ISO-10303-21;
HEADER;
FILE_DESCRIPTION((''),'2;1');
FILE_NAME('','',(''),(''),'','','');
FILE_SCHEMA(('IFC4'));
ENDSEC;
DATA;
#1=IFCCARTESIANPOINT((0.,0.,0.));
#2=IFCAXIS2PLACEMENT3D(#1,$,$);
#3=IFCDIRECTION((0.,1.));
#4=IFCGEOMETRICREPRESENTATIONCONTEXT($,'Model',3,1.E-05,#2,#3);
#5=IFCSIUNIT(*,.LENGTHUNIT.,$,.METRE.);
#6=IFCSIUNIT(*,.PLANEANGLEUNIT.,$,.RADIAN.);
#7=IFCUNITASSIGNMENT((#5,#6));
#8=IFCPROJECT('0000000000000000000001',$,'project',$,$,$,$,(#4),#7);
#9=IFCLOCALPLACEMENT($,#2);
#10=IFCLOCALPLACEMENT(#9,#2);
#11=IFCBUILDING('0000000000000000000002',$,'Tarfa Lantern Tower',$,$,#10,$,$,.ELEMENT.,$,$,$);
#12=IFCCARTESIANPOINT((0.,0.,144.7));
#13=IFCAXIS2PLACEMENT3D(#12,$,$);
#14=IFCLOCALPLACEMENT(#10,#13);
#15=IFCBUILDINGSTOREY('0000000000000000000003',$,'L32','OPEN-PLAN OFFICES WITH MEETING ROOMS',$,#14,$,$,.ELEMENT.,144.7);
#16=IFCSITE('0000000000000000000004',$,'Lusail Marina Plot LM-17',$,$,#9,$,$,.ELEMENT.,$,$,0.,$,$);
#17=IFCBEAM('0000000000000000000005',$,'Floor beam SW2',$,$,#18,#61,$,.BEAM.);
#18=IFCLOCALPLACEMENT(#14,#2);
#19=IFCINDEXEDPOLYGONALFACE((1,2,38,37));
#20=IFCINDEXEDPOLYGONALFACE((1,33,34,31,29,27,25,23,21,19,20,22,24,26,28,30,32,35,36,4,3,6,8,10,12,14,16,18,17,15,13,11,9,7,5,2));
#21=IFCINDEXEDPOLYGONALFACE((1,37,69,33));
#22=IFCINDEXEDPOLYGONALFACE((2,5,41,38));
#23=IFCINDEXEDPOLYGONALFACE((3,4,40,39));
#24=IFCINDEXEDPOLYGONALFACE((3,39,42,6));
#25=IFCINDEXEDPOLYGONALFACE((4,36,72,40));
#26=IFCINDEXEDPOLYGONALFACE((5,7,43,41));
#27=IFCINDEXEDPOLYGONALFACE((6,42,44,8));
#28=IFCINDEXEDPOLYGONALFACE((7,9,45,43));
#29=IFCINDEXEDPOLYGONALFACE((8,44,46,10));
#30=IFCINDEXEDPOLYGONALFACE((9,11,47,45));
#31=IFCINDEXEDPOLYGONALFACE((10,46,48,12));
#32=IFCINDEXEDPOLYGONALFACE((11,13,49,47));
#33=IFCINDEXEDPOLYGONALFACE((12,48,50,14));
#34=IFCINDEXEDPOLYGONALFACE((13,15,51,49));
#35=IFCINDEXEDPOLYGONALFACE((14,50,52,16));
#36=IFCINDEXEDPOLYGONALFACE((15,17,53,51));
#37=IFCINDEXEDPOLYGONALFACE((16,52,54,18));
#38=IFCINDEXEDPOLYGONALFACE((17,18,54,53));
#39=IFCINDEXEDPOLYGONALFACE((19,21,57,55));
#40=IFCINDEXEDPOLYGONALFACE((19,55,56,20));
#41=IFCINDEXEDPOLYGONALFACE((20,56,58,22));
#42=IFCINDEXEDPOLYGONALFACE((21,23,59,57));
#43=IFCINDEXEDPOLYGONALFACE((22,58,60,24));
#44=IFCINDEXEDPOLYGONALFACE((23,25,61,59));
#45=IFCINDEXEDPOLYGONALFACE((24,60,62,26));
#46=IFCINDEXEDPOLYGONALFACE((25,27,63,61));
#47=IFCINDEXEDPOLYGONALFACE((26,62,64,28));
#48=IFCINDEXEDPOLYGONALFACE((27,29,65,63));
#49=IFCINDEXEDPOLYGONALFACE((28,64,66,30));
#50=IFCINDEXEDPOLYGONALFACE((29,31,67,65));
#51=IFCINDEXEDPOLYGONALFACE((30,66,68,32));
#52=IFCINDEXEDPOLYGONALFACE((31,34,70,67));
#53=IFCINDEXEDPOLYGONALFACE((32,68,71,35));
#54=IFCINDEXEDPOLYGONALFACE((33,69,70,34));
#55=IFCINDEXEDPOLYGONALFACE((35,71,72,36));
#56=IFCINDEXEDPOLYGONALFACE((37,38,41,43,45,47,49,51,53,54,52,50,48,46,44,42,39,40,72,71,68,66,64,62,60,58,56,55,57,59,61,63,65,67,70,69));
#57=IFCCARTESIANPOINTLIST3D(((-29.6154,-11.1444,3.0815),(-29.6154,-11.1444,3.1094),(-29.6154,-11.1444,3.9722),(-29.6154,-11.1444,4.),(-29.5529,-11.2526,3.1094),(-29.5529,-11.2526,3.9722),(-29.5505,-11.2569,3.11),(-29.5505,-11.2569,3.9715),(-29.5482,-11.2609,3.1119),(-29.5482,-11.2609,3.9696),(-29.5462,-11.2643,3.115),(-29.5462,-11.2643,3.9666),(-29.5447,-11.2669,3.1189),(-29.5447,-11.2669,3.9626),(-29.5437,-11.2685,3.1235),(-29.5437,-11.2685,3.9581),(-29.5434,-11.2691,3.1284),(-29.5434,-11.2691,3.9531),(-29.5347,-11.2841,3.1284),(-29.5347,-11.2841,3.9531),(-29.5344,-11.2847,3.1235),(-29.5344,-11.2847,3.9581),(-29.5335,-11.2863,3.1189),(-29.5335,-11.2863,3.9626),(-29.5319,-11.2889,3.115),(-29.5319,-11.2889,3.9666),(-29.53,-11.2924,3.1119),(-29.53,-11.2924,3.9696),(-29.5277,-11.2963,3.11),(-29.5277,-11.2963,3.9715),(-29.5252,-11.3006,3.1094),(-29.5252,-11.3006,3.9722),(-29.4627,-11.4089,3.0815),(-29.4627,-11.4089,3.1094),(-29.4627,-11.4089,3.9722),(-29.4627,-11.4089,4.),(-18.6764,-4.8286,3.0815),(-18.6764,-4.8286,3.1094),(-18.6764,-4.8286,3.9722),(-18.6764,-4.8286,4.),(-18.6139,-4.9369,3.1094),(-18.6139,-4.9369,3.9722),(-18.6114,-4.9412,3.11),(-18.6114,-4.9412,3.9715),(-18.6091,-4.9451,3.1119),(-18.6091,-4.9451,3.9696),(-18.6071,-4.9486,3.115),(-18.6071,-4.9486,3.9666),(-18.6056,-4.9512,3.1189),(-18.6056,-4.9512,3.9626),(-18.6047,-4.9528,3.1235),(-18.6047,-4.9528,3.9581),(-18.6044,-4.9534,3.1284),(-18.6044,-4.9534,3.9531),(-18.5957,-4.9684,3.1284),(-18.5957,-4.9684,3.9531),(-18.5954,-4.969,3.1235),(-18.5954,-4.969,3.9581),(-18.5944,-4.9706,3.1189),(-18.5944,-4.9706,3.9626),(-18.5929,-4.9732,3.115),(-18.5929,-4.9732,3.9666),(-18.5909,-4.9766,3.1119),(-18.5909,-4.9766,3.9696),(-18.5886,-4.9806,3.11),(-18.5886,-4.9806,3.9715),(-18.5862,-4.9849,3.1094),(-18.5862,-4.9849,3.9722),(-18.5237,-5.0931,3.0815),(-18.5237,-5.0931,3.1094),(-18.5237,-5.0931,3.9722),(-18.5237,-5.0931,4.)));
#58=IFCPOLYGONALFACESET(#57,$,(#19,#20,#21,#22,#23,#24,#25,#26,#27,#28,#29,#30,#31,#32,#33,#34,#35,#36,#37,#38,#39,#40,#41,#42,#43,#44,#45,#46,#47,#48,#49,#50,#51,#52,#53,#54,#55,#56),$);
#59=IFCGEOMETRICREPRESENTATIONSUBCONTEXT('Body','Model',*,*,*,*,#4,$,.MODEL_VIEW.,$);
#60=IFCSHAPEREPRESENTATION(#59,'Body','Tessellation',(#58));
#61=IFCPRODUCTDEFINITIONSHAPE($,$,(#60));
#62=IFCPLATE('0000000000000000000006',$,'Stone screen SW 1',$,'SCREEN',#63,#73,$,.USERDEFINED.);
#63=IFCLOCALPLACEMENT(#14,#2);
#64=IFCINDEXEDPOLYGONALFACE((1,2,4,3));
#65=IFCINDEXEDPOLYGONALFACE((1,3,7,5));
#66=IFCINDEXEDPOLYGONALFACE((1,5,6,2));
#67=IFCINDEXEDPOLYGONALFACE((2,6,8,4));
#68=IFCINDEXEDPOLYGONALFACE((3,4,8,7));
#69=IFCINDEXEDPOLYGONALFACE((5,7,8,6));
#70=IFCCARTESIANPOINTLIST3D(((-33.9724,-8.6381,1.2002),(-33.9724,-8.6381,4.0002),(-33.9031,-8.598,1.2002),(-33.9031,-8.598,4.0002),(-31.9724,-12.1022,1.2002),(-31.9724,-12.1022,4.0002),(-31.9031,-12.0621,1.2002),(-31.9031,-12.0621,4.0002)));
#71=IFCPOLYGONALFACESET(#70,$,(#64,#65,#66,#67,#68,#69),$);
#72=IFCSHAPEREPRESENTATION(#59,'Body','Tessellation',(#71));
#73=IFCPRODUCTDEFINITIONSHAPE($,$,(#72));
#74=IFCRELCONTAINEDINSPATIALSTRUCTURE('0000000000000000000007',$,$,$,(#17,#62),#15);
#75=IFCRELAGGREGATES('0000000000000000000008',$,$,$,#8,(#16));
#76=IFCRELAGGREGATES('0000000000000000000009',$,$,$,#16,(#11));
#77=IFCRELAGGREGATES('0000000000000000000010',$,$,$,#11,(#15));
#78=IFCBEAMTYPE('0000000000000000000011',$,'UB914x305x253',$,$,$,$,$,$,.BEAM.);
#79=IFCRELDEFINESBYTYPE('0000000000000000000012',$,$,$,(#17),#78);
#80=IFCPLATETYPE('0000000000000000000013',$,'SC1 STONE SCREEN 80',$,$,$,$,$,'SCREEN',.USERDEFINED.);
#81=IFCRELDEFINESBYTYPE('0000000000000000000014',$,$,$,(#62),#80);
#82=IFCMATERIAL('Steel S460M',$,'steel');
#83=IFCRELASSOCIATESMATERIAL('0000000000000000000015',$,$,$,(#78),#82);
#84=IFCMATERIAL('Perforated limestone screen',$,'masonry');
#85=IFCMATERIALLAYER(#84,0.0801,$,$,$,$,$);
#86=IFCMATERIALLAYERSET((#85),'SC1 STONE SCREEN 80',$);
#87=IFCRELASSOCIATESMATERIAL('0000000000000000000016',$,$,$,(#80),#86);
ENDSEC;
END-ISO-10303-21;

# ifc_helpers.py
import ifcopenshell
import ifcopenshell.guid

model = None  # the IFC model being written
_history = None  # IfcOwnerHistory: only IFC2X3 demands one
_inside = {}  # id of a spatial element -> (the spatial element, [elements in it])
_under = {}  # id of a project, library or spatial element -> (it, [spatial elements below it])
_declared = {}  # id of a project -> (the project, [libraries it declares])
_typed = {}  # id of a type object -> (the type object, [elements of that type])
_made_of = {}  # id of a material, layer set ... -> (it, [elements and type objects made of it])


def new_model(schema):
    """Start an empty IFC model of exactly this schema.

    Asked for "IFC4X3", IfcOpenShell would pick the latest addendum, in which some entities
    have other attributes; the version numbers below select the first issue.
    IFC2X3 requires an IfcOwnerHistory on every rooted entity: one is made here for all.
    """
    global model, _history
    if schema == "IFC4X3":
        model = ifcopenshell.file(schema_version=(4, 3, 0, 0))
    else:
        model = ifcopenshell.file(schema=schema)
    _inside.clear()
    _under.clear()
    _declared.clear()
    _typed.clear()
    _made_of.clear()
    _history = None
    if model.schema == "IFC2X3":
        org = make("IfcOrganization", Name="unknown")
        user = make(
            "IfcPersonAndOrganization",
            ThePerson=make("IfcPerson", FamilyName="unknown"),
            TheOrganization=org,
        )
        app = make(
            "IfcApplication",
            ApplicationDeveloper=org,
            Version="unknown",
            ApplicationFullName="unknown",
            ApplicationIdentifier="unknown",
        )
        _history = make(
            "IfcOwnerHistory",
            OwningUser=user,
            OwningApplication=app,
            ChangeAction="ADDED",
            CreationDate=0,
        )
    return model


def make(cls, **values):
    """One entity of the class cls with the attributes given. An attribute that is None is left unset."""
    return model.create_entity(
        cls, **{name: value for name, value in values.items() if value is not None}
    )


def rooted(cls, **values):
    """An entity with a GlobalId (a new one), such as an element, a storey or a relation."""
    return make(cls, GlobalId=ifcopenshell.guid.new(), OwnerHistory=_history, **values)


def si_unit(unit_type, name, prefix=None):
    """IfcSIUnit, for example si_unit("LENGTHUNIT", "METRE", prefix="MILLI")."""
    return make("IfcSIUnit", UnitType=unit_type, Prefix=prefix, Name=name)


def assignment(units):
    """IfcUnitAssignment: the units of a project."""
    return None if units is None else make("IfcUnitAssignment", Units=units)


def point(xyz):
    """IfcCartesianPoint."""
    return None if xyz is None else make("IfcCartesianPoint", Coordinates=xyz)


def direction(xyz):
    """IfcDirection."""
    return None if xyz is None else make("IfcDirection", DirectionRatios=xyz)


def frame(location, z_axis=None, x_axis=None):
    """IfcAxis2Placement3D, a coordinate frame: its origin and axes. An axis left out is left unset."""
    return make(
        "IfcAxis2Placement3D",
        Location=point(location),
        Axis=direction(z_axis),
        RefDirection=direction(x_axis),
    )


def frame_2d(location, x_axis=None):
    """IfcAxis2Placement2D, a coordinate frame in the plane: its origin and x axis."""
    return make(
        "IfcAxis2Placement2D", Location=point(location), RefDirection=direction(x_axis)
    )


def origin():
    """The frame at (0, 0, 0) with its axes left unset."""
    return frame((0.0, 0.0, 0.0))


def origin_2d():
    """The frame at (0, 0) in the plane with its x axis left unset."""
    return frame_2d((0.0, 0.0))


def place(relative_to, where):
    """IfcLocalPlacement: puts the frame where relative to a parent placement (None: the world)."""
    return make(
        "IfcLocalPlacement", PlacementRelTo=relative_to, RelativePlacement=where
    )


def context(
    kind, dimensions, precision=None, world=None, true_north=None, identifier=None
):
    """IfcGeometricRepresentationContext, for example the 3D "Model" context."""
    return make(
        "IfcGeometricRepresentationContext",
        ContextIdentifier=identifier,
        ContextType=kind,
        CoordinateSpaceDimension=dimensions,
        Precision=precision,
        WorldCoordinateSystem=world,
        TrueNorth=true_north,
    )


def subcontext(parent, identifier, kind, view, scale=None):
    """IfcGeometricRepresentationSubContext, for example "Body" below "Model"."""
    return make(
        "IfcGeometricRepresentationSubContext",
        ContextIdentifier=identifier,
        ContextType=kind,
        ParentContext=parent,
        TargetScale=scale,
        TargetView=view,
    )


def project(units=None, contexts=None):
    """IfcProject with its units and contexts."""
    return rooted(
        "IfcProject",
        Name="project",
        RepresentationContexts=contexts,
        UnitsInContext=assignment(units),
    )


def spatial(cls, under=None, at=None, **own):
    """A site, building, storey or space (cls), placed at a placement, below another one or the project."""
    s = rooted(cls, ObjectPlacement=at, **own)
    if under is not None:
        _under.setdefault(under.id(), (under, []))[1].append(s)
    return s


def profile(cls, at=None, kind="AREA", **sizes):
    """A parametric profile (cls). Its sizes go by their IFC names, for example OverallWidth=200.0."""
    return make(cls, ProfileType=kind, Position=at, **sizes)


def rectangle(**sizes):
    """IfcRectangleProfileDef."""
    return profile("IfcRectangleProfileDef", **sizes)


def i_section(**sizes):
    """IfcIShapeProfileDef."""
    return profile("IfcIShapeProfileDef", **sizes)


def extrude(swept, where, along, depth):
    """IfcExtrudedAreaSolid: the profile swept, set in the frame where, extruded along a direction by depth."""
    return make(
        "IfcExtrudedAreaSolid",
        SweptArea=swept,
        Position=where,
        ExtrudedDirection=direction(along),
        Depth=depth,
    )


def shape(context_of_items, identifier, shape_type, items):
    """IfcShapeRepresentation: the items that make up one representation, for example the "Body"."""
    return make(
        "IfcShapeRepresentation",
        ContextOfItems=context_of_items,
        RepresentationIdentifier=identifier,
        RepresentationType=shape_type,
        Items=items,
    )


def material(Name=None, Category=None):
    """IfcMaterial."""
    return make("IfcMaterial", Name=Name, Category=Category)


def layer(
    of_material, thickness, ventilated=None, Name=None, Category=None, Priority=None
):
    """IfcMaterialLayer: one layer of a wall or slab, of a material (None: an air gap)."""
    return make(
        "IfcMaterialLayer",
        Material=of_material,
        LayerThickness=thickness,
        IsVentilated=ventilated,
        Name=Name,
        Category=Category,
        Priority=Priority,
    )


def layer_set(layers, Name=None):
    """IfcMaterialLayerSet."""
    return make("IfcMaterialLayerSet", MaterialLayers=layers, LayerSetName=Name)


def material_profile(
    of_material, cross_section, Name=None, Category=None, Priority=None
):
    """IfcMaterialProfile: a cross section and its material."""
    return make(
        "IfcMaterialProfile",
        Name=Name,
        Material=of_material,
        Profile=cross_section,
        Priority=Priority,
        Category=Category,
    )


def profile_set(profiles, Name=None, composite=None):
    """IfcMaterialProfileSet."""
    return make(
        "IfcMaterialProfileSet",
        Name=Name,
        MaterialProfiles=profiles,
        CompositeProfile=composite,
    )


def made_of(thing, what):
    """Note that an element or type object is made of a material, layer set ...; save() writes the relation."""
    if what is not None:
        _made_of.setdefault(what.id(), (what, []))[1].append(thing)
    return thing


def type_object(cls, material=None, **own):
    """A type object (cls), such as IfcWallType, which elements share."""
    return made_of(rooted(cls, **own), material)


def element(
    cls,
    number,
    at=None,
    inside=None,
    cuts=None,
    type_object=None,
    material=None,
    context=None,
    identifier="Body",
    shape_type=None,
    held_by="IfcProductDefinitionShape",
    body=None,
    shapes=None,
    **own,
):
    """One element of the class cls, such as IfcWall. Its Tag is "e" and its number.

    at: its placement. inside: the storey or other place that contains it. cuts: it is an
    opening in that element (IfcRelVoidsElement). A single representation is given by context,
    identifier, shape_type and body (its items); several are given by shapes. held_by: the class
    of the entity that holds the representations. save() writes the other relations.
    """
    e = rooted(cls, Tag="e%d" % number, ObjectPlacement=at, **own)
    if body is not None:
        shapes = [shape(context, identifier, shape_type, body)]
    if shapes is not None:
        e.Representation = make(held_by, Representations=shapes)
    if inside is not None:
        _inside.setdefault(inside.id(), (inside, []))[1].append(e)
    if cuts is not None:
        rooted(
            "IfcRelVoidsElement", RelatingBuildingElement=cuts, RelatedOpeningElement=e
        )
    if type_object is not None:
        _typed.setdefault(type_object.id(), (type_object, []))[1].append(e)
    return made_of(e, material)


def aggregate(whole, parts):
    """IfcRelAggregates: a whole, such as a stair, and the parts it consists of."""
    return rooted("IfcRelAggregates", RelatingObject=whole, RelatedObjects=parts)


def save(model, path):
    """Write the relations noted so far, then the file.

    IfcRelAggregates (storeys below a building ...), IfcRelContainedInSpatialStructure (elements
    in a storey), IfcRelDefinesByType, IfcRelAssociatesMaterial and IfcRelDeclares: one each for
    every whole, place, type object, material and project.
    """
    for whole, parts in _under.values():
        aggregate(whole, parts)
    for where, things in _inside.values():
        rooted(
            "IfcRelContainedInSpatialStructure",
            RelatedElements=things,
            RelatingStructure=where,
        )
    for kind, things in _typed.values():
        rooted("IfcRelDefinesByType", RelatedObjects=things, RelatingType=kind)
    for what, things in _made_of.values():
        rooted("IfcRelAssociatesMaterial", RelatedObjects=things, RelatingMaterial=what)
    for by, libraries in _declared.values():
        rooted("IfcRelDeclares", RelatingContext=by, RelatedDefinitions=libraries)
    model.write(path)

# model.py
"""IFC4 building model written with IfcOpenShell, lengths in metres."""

from ifc_helpers import new_model, si_unit, direction, frame, origin, origin_2d, place, context, subcontext, project, spatial, rectangle, i_section, extrude, material, layer, layer_set, material_profile, profile_set, type_object, element, save


model = new_model("IFC4")

# Units and contexts
model_context = context("Model", 3, precision=1e-05, world=origin(), true_north=direction((0.0, 1.0)))
body_context = subcontext(model_context, "Body", "Model", "MODEL_VIEW")
ifc_project = project(units=[si_unit("LENGTHUNIT", "METRE"), si_unit("PLANEANGLEUNIT", "RADIAN")], contexts=[model_context])

# Site, building, storey
site_placement = place(None, origin())
site = spatial("IfcSite", under=ifc_project, at=site_placement, Name="Lusail Marina Plot LM-17", CompositionType="ELEMENT", RefElevation=0.0)
building_placement = place(site_placement, origin())
building = spatial("IfcBuilding", under=site, at=building_placement, Name="Tarfa Lantern Tower", CompositionType="ELEMENT")
storey_placement = place(building_placement, frame((0.0, 0.0, 144.7)))
storey = spatial("IfcBuildingStorey", under=building, at=storey_placement, Name="L32", Description="OPEN-PLAN OFFICES WITH MEETING ROOMS", CompositionType="ELEMENT", Elevation=144.7)

# Beam
ifc_material_1 = material(Name="Steel S460M", Category="steel")
ifc_material_profile_1 = material_profile(ifc_material_1, i_section(OverallWidth=0.3054, OverallDepth=0.9185, WebThickness=0.0173, FlangeThickness=0.0278, FilletRadius=0.019, at=origin_2d()), Name="UB914x305x253")
ifc_profile_set_1 = profile_set([ifc_material_profile_1], Name="Steel S460M")
beam_type_1 = type_object("IfcBeamType", Name="UB914x305x253", PredefinedType="BEAM", material=ifc_profile_set_1)
beam_1_placement = place(storey_placement, frame((-29.5391, -11.2766, 3.5408), z_axis=(0.866023, 0.500004, 0.0), x_axis=(-0.500004, 0.866023, 0.0)))
element("IfcBeam", 1, at=beam_1_placement, inside=storey, type_object=beam_type_1, Name="Floor beam SW2", PredefinedType="BEAM", context=body_context, shape_type="SweptSolid", body=[
    extrude(i_section(OverallWidth=0.3054, OverallDepth=0.9185, WebThickness=0.0173, FlangeThickness=0.0278, FilletRadius=0.019, at=origin_2d()), origin(), (0.0, 0.0, 1.0), 12.6313),
])

# Plate
ifc_material_2 = material(Name="Perforated limestone screen", Category="masonry")
ifc_layer_1 = layer(ifc_material_2, 0.0801)
ifc_layer_set_1 = layer_set([ifc_layer_1], Name="SC1 STONE SCREEN 80")
plate_type = type_object("IfcPlateType", Name="SC1 STONE SCREEN 80", ElementType="SCREEN", PredefinedType="USERDEFINED", material=ifc_layer_set_1)
plate_placement = place(storey_placement, frame((-32.9377, -10.3501, 1.2002), z_axis=(0.0, 0.0, 1.0), x_axis=(0.5, -0.866025, 0.0)))
element("IfcPlate", 2, at=plate_placement, inside=storey, type_object=plate_type, Name="Stone screen SW 1", ObjectType="SCREEN", PredefinedType="USERDEFINED", context=body_context, shape_type="SweptSolid", body=[
    extrude(rectangle(XDim=4.0, YDim=0.0801, at=origin_2d()), origin(), (0.0, 0.0, 1.0), 2.8),
])

save(model, "model.ifc")
